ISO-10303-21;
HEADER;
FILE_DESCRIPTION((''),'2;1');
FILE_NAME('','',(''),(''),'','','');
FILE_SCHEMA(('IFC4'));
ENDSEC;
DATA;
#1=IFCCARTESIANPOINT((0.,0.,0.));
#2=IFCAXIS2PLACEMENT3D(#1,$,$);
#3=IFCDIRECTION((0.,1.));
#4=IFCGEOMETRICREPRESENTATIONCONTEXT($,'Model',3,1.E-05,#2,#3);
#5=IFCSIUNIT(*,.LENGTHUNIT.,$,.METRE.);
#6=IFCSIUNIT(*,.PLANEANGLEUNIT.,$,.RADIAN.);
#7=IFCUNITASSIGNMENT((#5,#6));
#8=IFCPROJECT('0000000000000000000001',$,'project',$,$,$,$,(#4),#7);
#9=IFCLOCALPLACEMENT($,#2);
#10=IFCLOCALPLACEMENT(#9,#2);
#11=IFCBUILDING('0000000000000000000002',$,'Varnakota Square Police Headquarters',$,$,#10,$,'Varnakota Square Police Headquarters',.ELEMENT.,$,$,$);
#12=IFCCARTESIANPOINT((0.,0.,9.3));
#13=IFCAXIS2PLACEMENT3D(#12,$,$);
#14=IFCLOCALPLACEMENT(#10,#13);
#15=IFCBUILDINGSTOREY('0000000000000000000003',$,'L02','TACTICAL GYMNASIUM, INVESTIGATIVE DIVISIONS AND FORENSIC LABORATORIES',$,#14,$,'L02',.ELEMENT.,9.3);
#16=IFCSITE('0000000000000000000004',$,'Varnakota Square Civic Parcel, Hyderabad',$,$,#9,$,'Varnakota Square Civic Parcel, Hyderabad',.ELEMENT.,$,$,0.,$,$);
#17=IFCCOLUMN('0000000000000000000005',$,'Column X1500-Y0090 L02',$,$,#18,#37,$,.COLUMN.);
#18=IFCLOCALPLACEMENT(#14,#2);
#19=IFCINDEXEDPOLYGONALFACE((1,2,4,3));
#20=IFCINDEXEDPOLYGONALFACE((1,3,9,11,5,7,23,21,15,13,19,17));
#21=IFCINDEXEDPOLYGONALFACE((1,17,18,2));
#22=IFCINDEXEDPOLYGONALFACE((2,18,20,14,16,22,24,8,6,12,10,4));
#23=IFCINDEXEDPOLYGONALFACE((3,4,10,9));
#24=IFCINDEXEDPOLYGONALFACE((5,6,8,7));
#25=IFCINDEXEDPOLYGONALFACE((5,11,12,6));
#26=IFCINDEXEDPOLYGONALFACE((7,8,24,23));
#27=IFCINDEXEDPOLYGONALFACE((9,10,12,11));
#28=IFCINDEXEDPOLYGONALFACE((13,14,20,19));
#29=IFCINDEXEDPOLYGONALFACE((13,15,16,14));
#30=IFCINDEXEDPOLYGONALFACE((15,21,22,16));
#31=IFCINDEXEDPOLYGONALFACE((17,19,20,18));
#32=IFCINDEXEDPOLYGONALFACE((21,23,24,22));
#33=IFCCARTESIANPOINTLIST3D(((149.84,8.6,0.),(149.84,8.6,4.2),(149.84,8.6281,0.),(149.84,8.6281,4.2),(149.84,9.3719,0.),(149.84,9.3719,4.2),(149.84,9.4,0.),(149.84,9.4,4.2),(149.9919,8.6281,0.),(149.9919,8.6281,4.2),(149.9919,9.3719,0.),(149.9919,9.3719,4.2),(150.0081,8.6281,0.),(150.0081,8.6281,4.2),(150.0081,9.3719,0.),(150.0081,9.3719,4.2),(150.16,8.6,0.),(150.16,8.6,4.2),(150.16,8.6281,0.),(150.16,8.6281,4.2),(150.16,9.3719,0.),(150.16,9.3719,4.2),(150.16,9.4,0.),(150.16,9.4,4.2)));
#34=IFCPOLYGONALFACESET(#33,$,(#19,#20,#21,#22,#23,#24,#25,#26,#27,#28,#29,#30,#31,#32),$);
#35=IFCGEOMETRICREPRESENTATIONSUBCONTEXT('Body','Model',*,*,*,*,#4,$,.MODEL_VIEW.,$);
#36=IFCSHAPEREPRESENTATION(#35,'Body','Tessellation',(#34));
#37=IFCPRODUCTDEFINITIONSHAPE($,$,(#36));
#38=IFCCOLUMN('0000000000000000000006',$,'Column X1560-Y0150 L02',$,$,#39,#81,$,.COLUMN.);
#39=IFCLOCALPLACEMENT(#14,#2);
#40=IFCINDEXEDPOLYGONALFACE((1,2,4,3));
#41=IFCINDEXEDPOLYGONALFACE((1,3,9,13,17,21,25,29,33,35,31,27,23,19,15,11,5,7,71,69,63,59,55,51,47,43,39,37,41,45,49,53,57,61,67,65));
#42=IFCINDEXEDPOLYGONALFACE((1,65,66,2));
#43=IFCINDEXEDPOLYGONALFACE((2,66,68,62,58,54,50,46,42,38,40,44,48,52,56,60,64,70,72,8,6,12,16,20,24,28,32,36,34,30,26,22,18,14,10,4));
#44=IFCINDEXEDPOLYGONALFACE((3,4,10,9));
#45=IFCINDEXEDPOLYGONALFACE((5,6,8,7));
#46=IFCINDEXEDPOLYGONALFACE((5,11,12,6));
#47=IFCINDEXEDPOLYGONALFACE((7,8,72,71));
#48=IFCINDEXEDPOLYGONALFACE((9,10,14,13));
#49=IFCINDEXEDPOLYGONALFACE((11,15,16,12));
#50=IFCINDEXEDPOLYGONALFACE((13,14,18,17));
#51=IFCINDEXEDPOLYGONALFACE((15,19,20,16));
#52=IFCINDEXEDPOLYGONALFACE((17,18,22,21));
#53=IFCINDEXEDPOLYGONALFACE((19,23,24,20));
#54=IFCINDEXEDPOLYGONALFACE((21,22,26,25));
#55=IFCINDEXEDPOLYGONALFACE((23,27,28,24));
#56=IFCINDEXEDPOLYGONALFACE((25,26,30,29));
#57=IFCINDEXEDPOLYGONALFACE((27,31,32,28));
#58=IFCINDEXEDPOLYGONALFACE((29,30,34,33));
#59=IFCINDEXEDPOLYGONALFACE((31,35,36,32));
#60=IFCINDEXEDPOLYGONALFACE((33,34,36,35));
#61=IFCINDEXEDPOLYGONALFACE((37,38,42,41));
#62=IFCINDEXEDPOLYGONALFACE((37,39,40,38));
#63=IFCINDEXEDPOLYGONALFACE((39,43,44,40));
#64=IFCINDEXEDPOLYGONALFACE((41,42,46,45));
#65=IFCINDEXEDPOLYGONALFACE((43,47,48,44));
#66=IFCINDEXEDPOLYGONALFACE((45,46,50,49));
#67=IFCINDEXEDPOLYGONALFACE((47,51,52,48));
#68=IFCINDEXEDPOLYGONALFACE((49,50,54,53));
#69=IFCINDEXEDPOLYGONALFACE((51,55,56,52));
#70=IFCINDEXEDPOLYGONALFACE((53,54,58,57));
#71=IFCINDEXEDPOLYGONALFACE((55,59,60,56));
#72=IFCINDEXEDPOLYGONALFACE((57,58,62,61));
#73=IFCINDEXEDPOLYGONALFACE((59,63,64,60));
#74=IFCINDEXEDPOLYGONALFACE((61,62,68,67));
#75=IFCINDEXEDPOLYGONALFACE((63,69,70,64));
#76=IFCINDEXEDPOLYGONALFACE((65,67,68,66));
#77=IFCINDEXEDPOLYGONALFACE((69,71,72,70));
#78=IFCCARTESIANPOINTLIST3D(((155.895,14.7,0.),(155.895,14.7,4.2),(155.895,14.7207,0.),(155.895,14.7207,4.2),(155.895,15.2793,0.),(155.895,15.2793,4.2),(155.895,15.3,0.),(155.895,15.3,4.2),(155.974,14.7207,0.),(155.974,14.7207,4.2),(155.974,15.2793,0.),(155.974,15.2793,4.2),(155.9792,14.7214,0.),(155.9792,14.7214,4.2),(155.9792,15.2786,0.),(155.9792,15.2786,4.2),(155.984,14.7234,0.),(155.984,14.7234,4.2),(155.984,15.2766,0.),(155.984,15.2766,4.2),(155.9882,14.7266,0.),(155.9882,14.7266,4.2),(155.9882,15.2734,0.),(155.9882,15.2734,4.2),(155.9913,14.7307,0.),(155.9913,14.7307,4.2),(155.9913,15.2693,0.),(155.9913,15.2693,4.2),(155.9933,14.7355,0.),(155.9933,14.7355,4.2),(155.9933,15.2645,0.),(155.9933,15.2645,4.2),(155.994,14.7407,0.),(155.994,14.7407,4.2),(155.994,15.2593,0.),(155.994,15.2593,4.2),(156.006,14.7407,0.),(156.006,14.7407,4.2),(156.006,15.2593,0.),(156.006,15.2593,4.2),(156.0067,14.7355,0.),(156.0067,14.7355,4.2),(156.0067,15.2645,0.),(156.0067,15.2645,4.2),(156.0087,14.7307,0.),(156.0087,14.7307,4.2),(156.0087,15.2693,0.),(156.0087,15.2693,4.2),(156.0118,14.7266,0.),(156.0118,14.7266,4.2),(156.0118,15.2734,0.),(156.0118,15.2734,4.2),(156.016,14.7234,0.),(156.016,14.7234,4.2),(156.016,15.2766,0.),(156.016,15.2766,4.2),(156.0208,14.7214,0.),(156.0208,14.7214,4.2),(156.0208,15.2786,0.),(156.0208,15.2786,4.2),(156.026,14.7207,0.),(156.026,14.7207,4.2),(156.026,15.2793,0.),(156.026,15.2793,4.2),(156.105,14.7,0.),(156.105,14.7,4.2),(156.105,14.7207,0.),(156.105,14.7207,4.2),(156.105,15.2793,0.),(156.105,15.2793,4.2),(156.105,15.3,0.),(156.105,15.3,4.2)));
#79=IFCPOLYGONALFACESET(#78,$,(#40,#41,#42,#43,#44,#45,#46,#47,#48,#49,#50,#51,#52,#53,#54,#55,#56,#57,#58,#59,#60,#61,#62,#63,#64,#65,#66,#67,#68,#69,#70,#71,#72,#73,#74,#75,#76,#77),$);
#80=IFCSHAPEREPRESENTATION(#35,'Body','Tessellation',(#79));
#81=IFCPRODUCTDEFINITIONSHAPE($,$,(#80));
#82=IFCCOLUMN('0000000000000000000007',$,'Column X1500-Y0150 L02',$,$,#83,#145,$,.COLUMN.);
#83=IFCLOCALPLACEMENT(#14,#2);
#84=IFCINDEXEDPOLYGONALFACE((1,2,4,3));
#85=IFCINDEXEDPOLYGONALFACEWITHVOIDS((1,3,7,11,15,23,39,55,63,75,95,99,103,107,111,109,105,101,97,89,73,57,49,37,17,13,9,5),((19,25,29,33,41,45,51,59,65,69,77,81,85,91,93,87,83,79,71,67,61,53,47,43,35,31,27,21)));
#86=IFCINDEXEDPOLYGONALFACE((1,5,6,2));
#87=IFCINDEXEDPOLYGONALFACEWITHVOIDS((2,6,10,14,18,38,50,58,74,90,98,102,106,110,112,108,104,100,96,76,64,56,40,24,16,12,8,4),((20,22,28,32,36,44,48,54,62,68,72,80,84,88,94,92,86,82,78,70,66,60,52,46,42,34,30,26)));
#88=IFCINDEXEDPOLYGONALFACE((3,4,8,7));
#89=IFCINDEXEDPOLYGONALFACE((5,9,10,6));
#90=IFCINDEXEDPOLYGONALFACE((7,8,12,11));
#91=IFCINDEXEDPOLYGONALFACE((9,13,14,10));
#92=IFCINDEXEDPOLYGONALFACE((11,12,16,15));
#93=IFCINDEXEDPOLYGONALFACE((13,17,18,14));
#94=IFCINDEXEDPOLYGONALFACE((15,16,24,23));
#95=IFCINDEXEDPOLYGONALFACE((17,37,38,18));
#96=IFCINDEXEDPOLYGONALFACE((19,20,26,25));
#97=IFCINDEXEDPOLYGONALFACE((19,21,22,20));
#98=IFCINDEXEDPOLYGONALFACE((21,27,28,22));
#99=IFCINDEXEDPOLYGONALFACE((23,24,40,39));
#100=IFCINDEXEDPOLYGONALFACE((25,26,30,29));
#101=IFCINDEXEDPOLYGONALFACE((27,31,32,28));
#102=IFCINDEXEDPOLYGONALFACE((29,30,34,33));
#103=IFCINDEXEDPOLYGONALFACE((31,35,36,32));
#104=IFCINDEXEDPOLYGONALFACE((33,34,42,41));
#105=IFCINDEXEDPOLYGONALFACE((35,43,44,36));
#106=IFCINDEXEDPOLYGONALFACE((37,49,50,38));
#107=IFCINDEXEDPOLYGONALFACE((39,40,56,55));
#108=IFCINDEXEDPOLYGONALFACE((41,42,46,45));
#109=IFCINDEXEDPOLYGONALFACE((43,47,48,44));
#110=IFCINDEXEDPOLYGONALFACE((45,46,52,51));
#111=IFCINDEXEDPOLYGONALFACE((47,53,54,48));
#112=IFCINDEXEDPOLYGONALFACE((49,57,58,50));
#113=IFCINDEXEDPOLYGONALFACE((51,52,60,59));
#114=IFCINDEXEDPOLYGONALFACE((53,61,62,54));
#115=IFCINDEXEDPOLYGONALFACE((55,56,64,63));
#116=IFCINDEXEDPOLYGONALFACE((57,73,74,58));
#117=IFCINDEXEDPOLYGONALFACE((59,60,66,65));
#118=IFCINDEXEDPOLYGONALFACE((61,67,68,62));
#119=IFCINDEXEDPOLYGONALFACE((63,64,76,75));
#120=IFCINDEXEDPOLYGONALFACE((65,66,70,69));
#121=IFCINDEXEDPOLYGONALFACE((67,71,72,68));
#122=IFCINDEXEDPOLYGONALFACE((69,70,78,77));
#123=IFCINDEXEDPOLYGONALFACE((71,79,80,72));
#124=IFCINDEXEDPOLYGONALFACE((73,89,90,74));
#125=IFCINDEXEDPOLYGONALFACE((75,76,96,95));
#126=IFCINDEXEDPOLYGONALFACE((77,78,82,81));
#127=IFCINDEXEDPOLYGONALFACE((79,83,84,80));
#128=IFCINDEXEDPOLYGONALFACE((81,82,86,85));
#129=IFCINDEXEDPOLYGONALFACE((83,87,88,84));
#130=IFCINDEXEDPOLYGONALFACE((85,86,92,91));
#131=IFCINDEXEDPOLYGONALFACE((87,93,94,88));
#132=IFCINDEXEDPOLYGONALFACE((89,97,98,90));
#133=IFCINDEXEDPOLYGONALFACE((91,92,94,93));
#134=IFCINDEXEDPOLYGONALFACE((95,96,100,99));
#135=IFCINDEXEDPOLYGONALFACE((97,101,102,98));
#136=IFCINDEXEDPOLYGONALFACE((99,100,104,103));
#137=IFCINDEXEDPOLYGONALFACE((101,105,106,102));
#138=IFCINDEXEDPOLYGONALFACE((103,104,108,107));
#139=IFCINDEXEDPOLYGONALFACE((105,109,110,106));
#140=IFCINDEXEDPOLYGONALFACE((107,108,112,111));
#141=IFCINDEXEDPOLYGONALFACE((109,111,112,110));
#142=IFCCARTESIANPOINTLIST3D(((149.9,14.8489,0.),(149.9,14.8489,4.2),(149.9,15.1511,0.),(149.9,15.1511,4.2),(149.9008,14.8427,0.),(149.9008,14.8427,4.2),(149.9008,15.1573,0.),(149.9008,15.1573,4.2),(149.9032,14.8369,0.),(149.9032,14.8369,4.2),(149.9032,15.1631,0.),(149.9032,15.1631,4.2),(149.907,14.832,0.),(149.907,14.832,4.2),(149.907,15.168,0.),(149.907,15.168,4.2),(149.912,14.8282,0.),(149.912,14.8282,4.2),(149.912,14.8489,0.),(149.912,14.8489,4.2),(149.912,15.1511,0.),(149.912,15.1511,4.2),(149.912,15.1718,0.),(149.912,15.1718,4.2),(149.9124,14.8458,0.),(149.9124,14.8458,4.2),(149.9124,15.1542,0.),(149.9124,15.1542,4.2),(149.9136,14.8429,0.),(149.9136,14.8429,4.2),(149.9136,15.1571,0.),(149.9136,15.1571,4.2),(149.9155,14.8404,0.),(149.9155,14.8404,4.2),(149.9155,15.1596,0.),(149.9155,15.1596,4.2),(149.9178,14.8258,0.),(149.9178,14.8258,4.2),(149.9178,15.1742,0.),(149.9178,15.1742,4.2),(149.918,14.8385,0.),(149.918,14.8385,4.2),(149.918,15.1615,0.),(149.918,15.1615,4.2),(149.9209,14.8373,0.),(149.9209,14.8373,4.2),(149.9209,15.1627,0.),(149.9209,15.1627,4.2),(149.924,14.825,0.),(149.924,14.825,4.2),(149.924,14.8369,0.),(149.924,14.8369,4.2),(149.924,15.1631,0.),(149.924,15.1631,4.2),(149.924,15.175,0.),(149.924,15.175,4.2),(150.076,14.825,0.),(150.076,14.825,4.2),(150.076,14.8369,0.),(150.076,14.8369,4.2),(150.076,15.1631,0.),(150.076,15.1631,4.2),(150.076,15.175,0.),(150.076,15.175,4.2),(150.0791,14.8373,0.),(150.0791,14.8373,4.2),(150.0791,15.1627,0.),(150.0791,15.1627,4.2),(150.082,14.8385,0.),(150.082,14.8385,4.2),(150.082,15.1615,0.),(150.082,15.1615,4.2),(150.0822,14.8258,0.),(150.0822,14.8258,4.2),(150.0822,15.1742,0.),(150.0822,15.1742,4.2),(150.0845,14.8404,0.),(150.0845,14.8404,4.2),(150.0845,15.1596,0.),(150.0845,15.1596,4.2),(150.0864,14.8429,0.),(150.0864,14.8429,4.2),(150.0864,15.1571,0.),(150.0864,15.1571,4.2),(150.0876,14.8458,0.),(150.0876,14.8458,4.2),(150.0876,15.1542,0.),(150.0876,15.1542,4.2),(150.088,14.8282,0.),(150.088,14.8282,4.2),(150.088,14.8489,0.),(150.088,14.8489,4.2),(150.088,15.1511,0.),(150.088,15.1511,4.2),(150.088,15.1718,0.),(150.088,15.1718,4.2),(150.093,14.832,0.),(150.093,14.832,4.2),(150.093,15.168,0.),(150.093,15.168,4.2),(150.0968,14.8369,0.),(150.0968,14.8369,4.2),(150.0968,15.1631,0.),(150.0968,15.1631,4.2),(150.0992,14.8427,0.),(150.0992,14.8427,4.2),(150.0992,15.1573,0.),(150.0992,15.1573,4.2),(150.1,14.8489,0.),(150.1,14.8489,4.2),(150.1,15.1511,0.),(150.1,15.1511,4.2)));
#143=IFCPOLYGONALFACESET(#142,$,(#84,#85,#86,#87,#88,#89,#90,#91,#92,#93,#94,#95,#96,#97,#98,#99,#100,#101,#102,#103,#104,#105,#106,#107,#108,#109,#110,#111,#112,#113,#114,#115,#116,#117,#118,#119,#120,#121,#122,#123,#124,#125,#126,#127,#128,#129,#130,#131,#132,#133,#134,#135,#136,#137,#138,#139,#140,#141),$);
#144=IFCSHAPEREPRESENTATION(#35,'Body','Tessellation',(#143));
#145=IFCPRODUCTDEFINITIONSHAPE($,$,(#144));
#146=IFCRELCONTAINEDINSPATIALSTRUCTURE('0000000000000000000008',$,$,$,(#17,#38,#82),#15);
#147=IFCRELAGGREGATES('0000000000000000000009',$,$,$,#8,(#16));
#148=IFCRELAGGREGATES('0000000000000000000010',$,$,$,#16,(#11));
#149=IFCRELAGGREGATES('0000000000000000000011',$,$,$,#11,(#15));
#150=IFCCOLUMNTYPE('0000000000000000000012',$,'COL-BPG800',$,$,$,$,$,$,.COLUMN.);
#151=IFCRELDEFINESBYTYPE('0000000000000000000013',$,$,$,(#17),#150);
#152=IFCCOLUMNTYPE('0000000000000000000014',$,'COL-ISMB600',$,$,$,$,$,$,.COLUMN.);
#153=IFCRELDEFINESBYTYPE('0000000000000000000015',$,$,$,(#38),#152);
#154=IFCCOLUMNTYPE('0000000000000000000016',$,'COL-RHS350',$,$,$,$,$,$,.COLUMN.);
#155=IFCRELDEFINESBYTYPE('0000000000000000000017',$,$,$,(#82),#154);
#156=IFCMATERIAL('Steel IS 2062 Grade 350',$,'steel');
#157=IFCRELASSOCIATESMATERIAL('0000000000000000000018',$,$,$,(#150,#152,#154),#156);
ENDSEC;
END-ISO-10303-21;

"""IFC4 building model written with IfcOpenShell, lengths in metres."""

from ifc_helpers import new_model, si_unit, direction, frame, origin, origin_2d, place, context, subcontext, project, spatial, hollow_rectangle, i_section, extrude, material, material_profile, profile_set, type_object, element, save


model = new_model("IFC4")

# Units and contexts
model_context = context("Model", 3, precision=1e-05, world=origin(), true_north=direction((0.0, 1.0)))
body_context = subcontext(model_context, "Body", "Model", "MODEL_VIEW")
ifc_project = project(units=[si_unit("LENGTHUNIT", "METRE"), si_unit("PLANEANGLEUNIT", "RADIAN")], contexts=[model_context])

# Site, building, storey
site_placement = place(None, origin())
site = spatial("IfcSite", under=ifc_project, at=site_placement, Name="Varnakota Square Civic Parcel, Hyderabad", LongName="Varnakota Square Civic Parcel, Hyderabad", CompositionType="ELEMENT", RefElevation=0.0)
building_placement = place(site_placement, origin())
building = spatial("IfcBuilding", under=site, at=building_placement, Name="Varnakota Square Police Headquarters", LongName="Varnakota Square Police Headquarters", CompositionType="ELEMENT")
storey_placement = place(building_placement, frame((0.0, 0.0, 9.3)))
storey = spatial("IfcBuildingStorey", under=building, at=storey_placement, Name="L02", Description="TACTICAL GYMNASIUM, INVESTIGATIVE DIVISIONS AND FORENSIC LABORATORIES", LongName="L02", CompositionType="ELEMENT", Elevation=9.3)

# Columns
ifc_material_1 = material(Name="Steel IS 2062 Grade 350", Category="steel")
ifc_material_profile_1 = material_profile(ifc_material_1, i_section(OverallWidth=0.3201, OverallDepth=0.8, WebThickness=0.0161, FlangeThickness=0.0281, at=origin_2d()), Name="BPG 800x320")
ifc_profile_set_1 = profile_set([ifc_material_profile_1], Name="Steel IS 2062 Grade 350")
column_type_1 = type_object("IfcColumnType", Name="COL-BPG800", PredefinedType="COLUMN", material=ifc_profile_set_1)
column_1_placement = place(storey_placement, frame((150.0, 9.0, 0.0), z_axis=(0.0, 0.0, 1.0), x_axis=(1.0, 0.0, 0.0)))
element("IfcColumn", 1, at=column_1_placement, inside=storey, type_object=column_type_1, Name="Column X1500-Y0090 L02", PredefinedType="COLUMN", context=body_context, shape_type="SweptSolid", body=[
    extrude(i_section(OverallWidth=0.3201, OverallDepth=0.8, WebThickness=0.0161, FlangeThickness=0.0281, at=origin_2d()), origin(), (0.0, 0.0, 1.0), 4.2),
])
ifc_material_profile_2 = material_profile(ifc_material_1, i_section(OverallWidth=0.21, OverallDepth=0.6001, WebThickness=0.012, FlangeThickness=0.0208, FilletRadius=0.02, at=origin_2d()), Name="ISMB 600")
ifc_profile_set_2 = profile_set([ifc_material_profile_2], Name="Steel IS 2062 Grade 350")
column_type_2 = type_object("IfcColumnType", Name="COL-ISMB600", PredefinedType="COLUMN", material=ifc_profile_set_2)
column_2_placement = place(storey_placement, frame((156.0, 15.0, 0.0), z_axis=(0.0, 0.0, 1.0), x_axis=(1.0, 0.0, 0.0)))
element("IfcColumn", 2, at=column_2_placement, inside=storey, type_object=column_type_2, Name="Column X1560-Y0150 L02", PredefinedType="COLUMN", context=body_context, shape_type="SweptSolid", body=[
    extrude(i_section(OverallWidth=0.21, OverallDepth=0.6001, WebThickness=0.012, FlangeThickness=0.0208, FilletRadius=0.02, at=origin_2d()), origin(), (0.0, 0.0, 1.0), 4.2),
])
ifc_material_profile_3 = material_profile(ifc_material_1, hollow_rectangle(XDim=0.2, YDim=0.3501, WallThickness=0.012, InnerFilletRadius=0.012, OuterFilletRadius=0.0239, at=origin_2d()), Name="RHS 350x200x12")
ifc_profile_set_3 = profile_set([ifc_material_profile_3], Name="Steel IS 2062 Grade 350")
column_type_3 = type_object("IfcColumnType", Name="COL-RHS350", PredefinedType="COLUMN", material=ifc_profile_set_3)
for number, where, z_axis, x_axis, name in (
    (3, (150.0, 15.0, 0.0), (0.0, 0.0, 1.0), (1.0, 0.0, 0.0), "Column X1500-Y0150 L02"),
):
    element("IfcColumn", number, at=place(storey_placement, frame(where, z_axis=z_axis, x_axis=x_axis)), inside=storey, type_object=column_type_3, Name=name, PredefinedType="COLUMN", context=body_context, shape_type="SweptSolid", body=[
        extrude(hollow_rectangle(XDim=0.2, YDim=0.3501, WallThickness=0.012, InnerFilletRadius=0.012, OuterFilletRadius=0.0239, at=origin_2d()), origin(), (0.0, 0.0, 1.0), 4.2),
    ])

save(model, "model.ifc")
